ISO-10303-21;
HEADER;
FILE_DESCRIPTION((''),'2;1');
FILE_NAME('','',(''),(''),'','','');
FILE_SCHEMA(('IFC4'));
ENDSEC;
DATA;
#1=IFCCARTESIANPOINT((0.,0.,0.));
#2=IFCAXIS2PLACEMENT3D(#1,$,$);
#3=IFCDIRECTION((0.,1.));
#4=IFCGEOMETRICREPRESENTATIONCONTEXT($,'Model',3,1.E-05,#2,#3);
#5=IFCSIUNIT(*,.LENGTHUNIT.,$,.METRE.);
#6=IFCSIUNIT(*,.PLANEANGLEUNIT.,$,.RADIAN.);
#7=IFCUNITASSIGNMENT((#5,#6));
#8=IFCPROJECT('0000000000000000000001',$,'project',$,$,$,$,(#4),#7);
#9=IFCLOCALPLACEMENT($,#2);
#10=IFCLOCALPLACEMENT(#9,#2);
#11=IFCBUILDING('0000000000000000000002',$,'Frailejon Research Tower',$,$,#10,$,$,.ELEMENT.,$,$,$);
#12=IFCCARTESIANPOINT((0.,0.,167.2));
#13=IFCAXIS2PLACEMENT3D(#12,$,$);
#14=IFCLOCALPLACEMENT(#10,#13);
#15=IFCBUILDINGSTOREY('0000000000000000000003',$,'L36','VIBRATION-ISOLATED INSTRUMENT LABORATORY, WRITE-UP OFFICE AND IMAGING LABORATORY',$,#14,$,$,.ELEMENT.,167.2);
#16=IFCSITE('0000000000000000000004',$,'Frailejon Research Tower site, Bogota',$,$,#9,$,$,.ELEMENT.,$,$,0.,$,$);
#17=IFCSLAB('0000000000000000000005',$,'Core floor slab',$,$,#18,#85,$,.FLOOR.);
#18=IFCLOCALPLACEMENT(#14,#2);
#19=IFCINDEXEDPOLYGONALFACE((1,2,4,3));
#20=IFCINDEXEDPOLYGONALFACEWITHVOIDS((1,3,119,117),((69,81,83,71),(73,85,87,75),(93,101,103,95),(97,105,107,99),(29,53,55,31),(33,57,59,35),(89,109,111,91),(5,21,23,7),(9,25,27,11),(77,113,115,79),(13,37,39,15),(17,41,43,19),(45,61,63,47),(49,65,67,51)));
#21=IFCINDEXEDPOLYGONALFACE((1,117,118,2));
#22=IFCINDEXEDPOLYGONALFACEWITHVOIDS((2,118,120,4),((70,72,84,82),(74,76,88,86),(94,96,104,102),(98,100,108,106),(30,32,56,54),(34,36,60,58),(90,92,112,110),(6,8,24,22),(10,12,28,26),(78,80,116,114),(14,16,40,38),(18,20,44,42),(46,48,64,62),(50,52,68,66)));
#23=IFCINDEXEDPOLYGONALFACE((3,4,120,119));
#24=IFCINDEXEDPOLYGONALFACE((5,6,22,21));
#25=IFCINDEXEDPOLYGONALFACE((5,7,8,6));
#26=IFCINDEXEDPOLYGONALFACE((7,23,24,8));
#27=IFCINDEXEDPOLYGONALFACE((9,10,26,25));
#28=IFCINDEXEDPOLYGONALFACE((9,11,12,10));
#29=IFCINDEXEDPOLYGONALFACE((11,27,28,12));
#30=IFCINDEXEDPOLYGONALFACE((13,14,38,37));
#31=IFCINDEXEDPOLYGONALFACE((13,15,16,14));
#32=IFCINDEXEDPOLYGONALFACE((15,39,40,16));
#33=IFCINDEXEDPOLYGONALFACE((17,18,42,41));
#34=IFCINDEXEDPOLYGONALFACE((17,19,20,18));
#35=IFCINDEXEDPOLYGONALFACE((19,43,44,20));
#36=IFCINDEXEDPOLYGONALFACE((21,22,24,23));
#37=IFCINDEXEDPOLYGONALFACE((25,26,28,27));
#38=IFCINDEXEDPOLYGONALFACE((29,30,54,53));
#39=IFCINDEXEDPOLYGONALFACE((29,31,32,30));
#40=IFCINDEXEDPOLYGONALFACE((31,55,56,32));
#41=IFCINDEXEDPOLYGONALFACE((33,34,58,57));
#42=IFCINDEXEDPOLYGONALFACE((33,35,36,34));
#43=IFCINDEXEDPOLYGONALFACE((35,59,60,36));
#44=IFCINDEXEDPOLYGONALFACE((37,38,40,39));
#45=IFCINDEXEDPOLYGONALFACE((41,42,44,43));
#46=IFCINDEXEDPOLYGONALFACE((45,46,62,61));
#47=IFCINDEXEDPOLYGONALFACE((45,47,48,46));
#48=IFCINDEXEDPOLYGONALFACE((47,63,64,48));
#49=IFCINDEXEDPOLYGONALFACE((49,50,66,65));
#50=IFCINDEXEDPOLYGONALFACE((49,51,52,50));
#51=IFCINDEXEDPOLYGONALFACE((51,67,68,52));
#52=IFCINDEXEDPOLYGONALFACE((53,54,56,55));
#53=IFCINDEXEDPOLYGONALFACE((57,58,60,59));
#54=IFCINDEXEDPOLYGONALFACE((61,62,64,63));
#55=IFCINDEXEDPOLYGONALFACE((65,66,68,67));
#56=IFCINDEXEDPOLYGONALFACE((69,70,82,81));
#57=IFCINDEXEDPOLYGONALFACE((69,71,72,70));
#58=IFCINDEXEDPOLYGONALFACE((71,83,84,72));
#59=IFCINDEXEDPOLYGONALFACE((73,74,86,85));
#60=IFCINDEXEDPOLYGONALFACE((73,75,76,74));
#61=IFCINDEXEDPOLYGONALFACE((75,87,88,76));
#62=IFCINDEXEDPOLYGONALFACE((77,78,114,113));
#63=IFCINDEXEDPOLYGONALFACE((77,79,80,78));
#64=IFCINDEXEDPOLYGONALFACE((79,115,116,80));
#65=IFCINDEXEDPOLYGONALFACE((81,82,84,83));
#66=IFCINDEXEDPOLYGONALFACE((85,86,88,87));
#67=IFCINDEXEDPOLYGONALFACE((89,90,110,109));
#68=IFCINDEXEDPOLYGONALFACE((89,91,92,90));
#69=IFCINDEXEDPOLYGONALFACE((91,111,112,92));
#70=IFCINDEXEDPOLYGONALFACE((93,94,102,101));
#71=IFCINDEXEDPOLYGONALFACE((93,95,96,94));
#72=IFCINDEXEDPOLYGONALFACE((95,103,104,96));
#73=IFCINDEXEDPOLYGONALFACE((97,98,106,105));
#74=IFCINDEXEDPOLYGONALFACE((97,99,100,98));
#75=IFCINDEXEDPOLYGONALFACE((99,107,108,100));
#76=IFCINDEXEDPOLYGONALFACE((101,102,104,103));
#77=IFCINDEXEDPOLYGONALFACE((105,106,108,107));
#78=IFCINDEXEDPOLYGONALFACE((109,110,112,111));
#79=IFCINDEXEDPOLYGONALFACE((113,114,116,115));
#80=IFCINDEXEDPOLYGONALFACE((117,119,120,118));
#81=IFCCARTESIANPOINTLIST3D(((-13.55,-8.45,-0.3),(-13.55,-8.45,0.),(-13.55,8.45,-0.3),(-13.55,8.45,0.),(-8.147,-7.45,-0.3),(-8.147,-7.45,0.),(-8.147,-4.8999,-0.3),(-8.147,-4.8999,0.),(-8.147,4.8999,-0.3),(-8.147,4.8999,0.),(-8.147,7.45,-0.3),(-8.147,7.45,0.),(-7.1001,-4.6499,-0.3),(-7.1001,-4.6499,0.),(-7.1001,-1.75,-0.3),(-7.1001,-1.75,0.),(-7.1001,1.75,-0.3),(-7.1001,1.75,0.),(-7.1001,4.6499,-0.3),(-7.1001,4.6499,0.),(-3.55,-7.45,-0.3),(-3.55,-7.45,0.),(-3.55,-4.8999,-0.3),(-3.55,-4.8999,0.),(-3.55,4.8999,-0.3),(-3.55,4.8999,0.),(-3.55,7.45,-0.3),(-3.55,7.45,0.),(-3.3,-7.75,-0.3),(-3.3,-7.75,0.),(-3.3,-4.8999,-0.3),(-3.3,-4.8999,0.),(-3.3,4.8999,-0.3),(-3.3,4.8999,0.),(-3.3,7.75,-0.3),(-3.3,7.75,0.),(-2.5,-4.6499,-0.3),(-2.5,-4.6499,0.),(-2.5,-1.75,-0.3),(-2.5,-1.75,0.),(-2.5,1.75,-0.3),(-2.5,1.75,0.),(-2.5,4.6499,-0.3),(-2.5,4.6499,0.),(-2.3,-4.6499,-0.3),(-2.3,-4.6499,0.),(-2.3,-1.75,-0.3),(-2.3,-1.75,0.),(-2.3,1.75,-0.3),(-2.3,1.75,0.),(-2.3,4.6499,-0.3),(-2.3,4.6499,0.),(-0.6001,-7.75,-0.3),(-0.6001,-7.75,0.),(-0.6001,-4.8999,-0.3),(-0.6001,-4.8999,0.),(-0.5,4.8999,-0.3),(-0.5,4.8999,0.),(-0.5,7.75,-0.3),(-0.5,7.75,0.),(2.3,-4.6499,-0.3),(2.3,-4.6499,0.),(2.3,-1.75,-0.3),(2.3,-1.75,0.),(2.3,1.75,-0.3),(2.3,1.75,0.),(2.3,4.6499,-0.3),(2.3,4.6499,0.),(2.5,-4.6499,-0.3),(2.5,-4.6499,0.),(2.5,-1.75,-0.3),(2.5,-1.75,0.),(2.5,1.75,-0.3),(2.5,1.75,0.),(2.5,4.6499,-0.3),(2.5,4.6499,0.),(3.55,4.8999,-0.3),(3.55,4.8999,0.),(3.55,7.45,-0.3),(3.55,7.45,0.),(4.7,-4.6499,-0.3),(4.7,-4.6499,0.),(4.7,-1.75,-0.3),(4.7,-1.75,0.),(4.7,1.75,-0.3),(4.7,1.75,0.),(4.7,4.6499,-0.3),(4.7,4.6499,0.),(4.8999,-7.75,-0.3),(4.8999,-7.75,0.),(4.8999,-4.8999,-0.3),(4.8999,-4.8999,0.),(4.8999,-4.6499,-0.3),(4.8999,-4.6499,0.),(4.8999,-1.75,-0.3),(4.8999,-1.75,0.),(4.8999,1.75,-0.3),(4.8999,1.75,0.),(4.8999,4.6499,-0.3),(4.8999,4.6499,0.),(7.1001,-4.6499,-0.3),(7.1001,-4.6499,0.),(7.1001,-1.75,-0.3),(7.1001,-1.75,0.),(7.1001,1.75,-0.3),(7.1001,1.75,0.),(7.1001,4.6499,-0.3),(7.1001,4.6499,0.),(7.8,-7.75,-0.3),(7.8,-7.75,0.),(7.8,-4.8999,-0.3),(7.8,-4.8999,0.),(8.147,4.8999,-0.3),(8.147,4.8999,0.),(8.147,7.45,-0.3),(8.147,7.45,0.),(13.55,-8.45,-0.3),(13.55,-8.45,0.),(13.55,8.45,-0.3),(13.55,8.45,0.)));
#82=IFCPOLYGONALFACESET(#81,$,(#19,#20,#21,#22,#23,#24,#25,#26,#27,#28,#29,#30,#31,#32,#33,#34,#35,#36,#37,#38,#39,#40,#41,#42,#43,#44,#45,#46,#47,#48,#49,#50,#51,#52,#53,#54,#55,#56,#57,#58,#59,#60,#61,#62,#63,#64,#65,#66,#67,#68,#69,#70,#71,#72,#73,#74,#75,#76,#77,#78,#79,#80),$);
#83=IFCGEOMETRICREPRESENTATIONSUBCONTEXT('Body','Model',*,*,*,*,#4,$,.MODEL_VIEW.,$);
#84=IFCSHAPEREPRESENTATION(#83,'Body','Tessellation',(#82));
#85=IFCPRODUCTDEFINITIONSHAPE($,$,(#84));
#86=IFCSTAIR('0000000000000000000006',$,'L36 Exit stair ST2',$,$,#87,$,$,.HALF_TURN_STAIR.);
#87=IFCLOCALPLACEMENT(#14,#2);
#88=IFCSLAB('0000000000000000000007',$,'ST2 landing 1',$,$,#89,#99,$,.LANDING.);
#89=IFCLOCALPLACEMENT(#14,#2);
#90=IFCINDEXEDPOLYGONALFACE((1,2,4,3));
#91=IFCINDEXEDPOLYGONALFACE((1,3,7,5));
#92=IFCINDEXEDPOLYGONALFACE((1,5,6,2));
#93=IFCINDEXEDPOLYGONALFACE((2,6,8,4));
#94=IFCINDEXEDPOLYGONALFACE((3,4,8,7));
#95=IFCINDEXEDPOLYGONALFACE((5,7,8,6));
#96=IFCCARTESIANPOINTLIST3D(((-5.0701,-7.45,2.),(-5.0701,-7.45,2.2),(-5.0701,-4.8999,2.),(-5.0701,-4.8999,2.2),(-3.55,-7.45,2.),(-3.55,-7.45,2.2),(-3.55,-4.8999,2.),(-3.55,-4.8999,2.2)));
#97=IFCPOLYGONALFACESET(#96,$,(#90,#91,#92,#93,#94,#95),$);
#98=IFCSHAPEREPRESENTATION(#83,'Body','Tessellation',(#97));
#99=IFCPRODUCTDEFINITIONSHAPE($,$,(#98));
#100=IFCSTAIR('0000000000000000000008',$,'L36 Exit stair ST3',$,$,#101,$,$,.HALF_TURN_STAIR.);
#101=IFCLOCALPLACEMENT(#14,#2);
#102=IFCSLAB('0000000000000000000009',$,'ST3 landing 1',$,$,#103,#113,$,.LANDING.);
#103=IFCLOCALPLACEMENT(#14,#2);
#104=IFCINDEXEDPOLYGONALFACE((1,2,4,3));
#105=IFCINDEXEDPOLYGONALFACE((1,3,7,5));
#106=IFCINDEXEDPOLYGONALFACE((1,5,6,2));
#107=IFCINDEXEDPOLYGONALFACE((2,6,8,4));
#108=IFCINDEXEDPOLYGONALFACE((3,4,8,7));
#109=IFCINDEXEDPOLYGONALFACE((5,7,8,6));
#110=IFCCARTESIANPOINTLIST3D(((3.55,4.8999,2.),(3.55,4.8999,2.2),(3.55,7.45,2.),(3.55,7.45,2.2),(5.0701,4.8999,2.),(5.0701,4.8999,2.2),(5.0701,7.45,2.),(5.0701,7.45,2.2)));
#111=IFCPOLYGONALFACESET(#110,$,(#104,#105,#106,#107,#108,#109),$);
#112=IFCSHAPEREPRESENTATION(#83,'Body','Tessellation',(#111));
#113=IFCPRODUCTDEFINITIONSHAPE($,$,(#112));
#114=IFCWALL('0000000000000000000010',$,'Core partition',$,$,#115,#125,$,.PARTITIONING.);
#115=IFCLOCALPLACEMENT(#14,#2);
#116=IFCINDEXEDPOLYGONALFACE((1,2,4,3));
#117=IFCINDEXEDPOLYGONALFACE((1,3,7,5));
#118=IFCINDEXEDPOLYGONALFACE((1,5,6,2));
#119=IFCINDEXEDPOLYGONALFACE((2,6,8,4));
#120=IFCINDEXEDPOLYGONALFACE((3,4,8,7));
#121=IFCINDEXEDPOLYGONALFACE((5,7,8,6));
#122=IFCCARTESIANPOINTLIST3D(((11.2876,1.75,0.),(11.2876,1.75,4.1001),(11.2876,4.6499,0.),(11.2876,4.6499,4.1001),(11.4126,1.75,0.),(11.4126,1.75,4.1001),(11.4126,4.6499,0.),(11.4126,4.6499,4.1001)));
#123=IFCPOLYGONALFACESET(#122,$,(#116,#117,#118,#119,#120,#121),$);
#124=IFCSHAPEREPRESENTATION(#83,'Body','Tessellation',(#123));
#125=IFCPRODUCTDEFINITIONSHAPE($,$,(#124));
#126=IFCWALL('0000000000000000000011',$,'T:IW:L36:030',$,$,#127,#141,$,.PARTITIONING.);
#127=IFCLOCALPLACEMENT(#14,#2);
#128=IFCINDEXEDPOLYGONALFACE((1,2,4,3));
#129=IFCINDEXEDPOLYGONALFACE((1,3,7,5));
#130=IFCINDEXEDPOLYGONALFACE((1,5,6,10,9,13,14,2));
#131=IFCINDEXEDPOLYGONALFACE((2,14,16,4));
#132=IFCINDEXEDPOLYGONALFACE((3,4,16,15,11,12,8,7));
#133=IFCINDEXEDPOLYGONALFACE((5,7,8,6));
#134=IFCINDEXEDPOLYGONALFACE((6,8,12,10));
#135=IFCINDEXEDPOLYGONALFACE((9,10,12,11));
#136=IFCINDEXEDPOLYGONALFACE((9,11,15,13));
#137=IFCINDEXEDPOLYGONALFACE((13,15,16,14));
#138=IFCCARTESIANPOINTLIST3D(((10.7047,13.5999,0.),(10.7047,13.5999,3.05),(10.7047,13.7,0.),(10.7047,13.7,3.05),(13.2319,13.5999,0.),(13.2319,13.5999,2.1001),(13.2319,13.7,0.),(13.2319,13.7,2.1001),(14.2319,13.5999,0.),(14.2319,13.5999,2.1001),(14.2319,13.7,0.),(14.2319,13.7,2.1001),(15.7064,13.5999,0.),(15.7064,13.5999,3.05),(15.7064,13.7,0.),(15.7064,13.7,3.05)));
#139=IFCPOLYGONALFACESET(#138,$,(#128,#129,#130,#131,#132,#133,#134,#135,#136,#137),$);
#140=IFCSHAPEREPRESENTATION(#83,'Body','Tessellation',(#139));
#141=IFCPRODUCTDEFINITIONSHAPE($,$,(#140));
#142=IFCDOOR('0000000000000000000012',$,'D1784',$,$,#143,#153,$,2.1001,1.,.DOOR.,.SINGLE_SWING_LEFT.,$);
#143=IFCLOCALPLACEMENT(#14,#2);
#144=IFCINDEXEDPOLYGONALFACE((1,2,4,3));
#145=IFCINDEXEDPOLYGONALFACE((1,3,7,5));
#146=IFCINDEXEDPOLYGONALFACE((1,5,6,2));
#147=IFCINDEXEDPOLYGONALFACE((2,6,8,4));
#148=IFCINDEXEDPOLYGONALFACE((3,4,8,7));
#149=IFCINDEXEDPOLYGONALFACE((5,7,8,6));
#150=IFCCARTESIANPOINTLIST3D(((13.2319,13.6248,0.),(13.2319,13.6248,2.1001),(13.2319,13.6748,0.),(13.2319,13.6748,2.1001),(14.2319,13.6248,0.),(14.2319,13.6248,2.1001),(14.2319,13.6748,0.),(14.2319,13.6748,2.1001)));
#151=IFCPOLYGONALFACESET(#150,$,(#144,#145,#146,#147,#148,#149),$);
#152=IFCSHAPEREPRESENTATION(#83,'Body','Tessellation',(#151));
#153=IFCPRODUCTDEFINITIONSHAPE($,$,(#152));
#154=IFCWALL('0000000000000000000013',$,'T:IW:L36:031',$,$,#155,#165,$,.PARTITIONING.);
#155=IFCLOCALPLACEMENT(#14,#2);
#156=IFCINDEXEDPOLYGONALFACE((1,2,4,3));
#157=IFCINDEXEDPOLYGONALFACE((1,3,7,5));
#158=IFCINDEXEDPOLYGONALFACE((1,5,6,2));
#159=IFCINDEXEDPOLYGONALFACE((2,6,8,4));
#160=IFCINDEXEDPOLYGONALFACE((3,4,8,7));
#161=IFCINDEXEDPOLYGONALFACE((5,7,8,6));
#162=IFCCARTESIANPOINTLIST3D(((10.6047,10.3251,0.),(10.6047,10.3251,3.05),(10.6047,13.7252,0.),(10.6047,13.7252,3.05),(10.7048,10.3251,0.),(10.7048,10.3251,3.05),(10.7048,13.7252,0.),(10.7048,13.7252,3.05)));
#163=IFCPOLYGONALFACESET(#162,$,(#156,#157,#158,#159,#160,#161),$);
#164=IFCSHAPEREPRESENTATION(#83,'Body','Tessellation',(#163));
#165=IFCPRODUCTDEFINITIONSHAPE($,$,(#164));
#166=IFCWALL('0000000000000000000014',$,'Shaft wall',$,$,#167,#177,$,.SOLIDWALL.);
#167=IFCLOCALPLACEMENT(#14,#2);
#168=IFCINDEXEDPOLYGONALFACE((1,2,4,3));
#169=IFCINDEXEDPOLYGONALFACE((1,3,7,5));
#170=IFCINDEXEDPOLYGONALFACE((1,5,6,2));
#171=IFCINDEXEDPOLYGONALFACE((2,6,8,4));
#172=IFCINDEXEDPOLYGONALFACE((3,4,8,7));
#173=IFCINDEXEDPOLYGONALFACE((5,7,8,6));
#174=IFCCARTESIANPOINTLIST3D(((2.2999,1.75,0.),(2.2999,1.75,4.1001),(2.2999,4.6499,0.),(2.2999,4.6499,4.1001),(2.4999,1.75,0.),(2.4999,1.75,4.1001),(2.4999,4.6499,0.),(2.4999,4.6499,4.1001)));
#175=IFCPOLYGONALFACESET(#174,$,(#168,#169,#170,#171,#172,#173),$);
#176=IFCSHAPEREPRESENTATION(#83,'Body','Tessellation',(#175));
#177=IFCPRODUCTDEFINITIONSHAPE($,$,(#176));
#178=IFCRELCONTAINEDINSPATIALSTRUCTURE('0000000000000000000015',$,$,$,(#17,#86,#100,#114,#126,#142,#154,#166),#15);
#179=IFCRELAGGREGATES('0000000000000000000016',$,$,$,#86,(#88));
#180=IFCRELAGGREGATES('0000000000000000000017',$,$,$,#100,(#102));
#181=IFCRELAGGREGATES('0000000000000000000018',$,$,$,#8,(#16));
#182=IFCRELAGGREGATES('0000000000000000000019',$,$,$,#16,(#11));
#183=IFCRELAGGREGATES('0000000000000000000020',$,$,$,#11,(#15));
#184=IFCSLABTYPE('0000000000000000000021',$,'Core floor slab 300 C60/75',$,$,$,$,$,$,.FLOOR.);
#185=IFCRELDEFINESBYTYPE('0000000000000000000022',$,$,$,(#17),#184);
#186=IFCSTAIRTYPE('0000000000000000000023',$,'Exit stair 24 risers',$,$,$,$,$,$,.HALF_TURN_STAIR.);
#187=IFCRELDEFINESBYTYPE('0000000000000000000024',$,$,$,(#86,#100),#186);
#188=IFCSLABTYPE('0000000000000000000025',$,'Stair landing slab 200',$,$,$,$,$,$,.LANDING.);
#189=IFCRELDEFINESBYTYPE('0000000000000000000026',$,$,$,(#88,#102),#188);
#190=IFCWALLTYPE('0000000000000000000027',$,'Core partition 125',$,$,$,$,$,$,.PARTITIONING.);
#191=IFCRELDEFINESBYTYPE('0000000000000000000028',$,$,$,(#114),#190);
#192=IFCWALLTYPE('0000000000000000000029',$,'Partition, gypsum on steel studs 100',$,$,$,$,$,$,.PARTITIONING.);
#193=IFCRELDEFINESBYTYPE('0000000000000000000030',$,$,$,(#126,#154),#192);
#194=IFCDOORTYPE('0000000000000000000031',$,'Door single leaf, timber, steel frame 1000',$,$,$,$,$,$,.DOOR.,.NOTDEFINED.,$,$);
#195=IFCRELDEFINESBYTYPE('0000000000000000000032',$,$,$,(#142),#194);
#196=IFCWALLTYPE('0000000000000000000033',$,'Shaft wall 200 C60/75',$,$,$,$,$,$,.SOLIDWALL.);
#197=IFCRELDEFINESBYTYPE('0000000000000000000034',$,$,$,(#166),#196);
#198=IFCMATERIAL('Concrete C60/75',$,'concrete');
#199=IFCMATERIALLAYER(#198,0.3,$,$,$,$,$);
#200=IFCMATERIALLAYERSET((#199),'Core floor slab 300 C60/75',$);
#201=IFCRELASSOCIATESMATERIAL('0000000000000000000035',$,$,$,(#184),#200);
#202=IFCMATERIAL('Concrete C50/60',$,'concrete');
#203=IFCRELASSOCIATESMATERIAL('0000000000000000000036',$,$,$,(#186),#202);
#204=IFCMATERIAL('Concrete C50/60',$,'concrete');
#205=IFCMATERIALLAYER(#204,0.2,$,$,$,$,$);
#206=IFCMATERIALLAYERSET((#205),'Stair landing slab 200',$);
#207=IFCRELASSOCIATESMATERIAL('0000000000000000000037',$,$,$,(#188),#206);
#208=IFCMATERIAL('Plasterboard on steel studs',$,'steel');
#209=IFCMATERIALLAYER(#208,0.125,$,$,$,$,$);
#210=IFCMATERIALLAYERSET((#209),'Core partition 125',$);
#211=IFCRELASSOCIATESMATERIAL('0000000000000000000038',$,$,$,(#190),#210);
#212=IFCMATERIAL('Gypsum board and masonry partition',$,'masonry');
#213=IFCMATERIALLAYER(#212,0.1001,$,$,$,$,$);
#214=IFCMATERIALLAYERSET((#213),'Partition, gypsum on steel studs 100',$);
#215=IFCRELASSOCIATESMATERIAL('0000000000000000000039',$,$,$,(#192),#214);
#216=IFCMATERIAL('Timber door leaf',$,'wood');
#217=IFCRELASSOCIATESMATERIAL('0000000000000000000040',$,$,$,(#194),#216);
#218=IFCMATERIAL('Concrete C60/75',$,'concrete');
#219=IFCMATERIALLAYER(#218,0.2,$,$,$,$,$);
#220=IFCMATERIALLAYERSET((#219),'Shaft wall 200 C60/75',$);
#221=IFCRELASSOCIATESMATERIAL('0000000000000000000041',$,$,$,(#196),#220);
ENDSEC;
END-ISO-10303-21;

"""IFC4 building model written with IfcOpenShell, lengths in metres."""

from ifc_helpers import new_model, si_unit, direction, frame, frame_2d, origin, place, context, subcontext, project, spatial, polyline, rectangle, outline, extrude, material, layer, layer_set, type_object, element, fill, aggregate, save


model = new_model("IFC4")

# Units and contexts
model_context = context("Model", 3, precision=1e-05, world=origin(), true_north=direction((0.0, 1.0)))
body_context = subcontext(model_context, "Body", "Model", "MODEL_VIEW")
ifc_project = project(units=[si_unit("LENGTHUNIT", "METRE"), si_unit("PLANEANGLEUNIT", "RADIAN")], contexts=[model_context])

# Site, building, storey
site_placement = place(None, origin())
site = spatial("IfcSite", under=ifc_project, at=site_placement, Name="Frailejon Research Tower site, Bogota", CompositionType="ELEMENT", RefElevation=0.0)
building_placement = place(site_placement, origin())
building = spatial("IfcBuilding", under=site, at=building_placement, Name="Frailejon Research Tower", CompositionType="ELEMENT")
storey_placement = place(building_placement, frame((0.0, 0.0, 167.2)))
storey = spatial("IfcBuildingStorey", under=building, at=storey_placement, Name="L36", Description="VIBRATION-ISOLATED INSTRUMENT LABORATORY, WRITE-UP OFFICE AND IMAGING LABORATORY", CompositionType="ELEMENT", Elevation=167.2)

# Slab
ifc_material_1 = material(Name="Concrete C60/75", Category="concrete")
ifc_layer_1 = layer(ifc_material_1, 0.3)
ifc_layer_set_1 = layer_set([ifc_layer_1], Name="Core floor slab 300 C60/75")
slab_type_1 = type_object("IfcSlabType", Name="Core floor slab 300 C60/75", PredefinedType="FLOOR", material=ifc_layer_set_1)
slab_1_placement = place(storey_placement, frame((0.0, 0.0, -0.3)))
element("IfcSlab", 1, at=slab_1_placement, inside=storey, type_object=slab_type_1, Name="Core floor slab", PredefinedType="FLOOR", context=body_context, shape_type="SweptSolid", body=[
    extrude(outline(polyline([(13.55, -8.45), (13.55, 8.45), (-13.55, 8.45), (-13.55, -8.45), (13.55, -8.45)]), holes=[polyline([(-2.5, 1.75), (-2.5, 4.6499), (-7.1001, 4.6499), (-7.1001, 1.75), (-2.5, 1.75)]), polyline([(2.3, 1.75), (2.3, 4.6499), (-2.3, 4.6499), (-2.3, 1.75), (2.3, 1.75)]), polyline([(4.7, 1.75), (4.7, 4.6499), (2.5, 4.6499), (2.5, 1.75), (4.7, 1.75)]), polyline([(7.1001, 1.75), (7.1001, 4.6499), (4.8999, 4.6499), (4.8999, 1.75), (7.1001, 1.75)]), polyline([(-2.5, -4.6499), (-2.5, -1.75), (-7.1001, -1.75), (-7.1001, -4.6499), (-2.5, -4.6499)]), polyline([(2.3, -4.6499), (2.3, -1.75), (-2.3, -1.75), (-2.3, -4.6499), (2.3, -4.6499)]), polyline([(4.7, -4.6499), (4.7, -1.75), (2.5, -1.75), (2.5, -4.6499), (4.7, -4.6499)]), polyline([(7.1001, -4.6499), (7.1001, -1.75), (4.8999, -1.75), (4.8999, -4.6499), (7.1001, -4.6499)]), polyline([(-8.147, 4.8999), (-3.55, 4.8999), (-3.55, 7.45), (-8.147, 7.45), (-8.147, 4.8999)]), polyline([(-8.147, -7.45), (-3.55, -7.45), (-3.55, -4.8999), (-8.147, -4.8999), (-8.147, -7.45)]), polyline([(8.147, 7.45), (3.55, 7.45), (3.55, 4.8999), (8.147, 4.8999), (8.147, 7.45)]), polyline([(-0.6001, -7.75), (-0.6001, -4.8999), (-3.3, -4.8999), (-3.3, -7.75), (-0.6001, -7.75)]), polyline([(7.8, -7.75), (7.8, -4.8999), (4.8999, -4.8999), (4.8999, -7.75), (7.8, -7.75)]), polyline([(-0.5, 4.8999), (-0.5, 7.75), (-3.3, 7.75), (-3.3, 4.8999), (-0.5, 4.8999)])]), origin(), (0.0, 0.0, 1.0), 0.3),
])

# Stairs, slabs
ifc_material_2 = material(Name="Concrete C50/60", Category="concrete")
stair_type = type_object("IfcStairType", Name="Exit stair 24 risers", PredefinedType="HALF_TURN_STAIR", material=ifc_material_2)
stair_1_placement = place(storey_placement, origin())
stair_1 = element("IfcStair", 2, at=stair_1_placement, inside=storey, type_object=stair_type, Name="L36 Exit stair ST2", PredefinedType="HALF_TURN_STAIR")
ifc_material_3 = material(Name="Concrete C50/60", Category="concrete")
ifc_layer_2 = layer(ifc_material_3, 0.2)
ifc_layer_set_2 = layer_set([ifc_layer_2], Name="Stair landing slab 200")
slab_type_2 = type_object("IfcSlabType", Name="Stair landing slab 200", PredefinedType="LANDING", material=ifc_layer_set_2)
slab_2_placement = place(storey_placement, frame((0.0, 0.0, 2.0)))
slab_2 = element("IfcSlab", 3, at=slab_2_placement, type_object=slab_type_2, Name="ST2 landing 1", PredefinedType="LANDING", context=body_context, shape_type="SweptSolid", body=[
    extrude(outline(polyline([(-5.0701, -7.45), (-3.55, -7.45), (-3.55, -4.8999), (-5.0701, -4.8999), (-5.0701, -7.45)])), origin(), (0.0, 0.0, 1.0), 0.2),
])
aggregate(stair_1, [slab_2])
stair_2_placement = place(storey_placement, origin())
stair_2 = element("IfcStair", 4, at=stair_2_placement, inside=storey, type_object=stair_type, Name="L36 Exit stair ST3", PredefinedType="HALF_TURN_STAIR")
slab_3_placement = place(storey_placement, frame((0.0, 0.0, 2.0)))
slab_3 = element("IfcSlab", 5, at=slab_3_placement, type_object=slab_type_2, Name="ST3 landing 1", PredefinedType="LANDING", context=body_context, shape_type="SweptSolid", body=[
    extrude(outline(polyline([(5.0701, 7.45), (3.55, 7.45), (3.55, 4.8999), (5.0701, 4.8999), (5.0701, 7.45)])), origin(), (0.0, 0.0, 1.0), 0.2),
])

# Wall
ifc_material_4 = material(Name="Plasterboard on steel studs", Category="steel")
ifc_layer_3 = layer(ifc_material_4, 0.125)
ifc_layer_set_3 = layer_set([ifc_layer_3], Name="Core partition 125")
wall_type_1 = type_object("IfcWallType", Name="Core partition 125", PredefinedType="PARTITIONING", material=ifc_layer_set_3)
wall_1_placement = place(storey_placement, frame((11.3501, 1.75, 0.0), z_axis=(0.0, 0.0, 1.0), x_axis=(0.0, 1.0, 0.0)))
element("IfcWall", 6, at=wall_1_placement, inside=storey, type_object=wall_type_1, Name="Core partition", PredefinedType="PARTITIONING", context=body_context, shape_type="SweptSolid", body=[
    extrude(rectangle(XDim=2.8999, YDim=0.125, at=frame_2d((1.45, 0.0))), origin(), (0.0, 0.0, 1.0), 4.1001),
])

# Wall, opening, door
ifc_material_5 = material(Name="Gypsum board and masonry partition", Category="masonry")
ifc_layer_4 = layer(ifc_material_5, 0.1001)
ifc_layer_set_4 = layer_set([ifc_layer_4], Name="Partition, gypsum on steel studs 100")
wall_type_2 = type_object("IfcWallType", Name="Partition, gypsum on steel studs 100", PredefinedType="PARTITIONING", material=ifc_layer_set_4)
wall_2_placement = place(storey_placement, frame((10.7046, 13.6499, 0.0), z_axis=(0.0, 0.0, 1.0), x_axis=(1.0, 0.0, 0.0)))
wall_2 = element("IfcWall", 7, at=wall_2_placement, inside=storey, type_object=wall_type_2, Name="T:IW:L36:030", PredefinedType="PARTITIONING", context=body_context, shape_type="SweptSolid", body=[
    extrude(rectangle(XDim=5.0017, YDim=0.1001, at=frame_2d((2.501, 0.0))), origin(), (0.0, 0.0, 1.0), 3.05),
])
opening_1_placement = place(wall_2_placement, frame((2.5273, 0.0, 0.0)))
opening_1 = element("IfcOpeningElement", 8, at=opening_1_placement, cuts=wall_2, PredefinedType="OPENING", context=body_context, shape_type="SweptSolid", body=[
    extrude(rectangle(XDim=1.0, YDim=2.1001, at=frame_2d((0.5, 1.05))), frame((0.0, 0.0601, 0.0), z_axis=(0.0, -1.0, 0.0), x_axis=(1.0, 0.0, 0.0)), (0.0, 0.0, 1.0), 0.1201),
])
ifc_material_6 = material(Name="Timber door leaf", Category="wood")
door_type_1 = type_object("IfcDoorType", Name="Door single leaf, timber, steel frame 1000", OperationType="NOTDEFINED", PredefinedType="DOOR", material=ifc_material_6)
door_1_placement = place(opening_1_placement, origin())
door_1 = element("IfcDoor", 9, at=door_1_placement, inside=storey, type_object=door_type_1, Name="D1784", OperationType="SINGLE_SWING_LEFT", OverallHeight=2.1001, OverallWidth=1.0, PredefinedType="DOOR", context=body_context, shape_type="SweptSolid", body=[
    extrude(rectangle(XDim=1.0, YDim=2.1001, at=frame_2d((0.5, 1.05))), frame((0.0, 0.0249, 0.0), z_axis=(0.0, -1.0, 0.0), x_axis=(1.0, 0.0, 0.0)), (0.0, 0.0, 1.0), 0.05),
])
fill(opening_1, door_1)

# Walls
wall_3_placement = place(storey_placement, frame((10.6548, 10.325, 0.0), z_axis=(0.0, 0.0, 1.0), x_axis=(0.0, 1.0, 0.0)))
element("IfcWall", 10, at=wall_3_placement, inside=storey, type_object=wall_type_2, Name="T:IW:L36:031", PredefinedType="PARTITIONING", context=body_context, shape_type="SweptSolid", body=[
    extrude(rectangle(XDim=3.4001, YDim=0.1001, at=frame_2d((1.7002, 0.0))), origin(), (0.0, 0.0, 1.0), 3.05),
])
ifc_material_7 = material(Name="Concrete C60/75", Category="concrete")
ifc_layer_5 = layer(ifc_material_7, 0.2)
ifc_layer_set_5 = layer_set([ifc_layer_5], Name="Shaft wall 200 C60/75")
wall_type_3 = type_object("IfcWallType", Name="Shaft wall 200 C60/75", PredefinedType="SOLIDWALL", material=ifc_layer_set_5)
for number, where, z_axis, x_axis, name in (
    (11, (2.3999, 1.75, 0.0), (0.0, 0.0, 1.0), (0.0, 1.0, 0.0), "Shaft wall"),
):
    element("IfcWall", number, at=place(storey_placement, frame(where, z_axis=z_axis, x_axis=x_axis)), inside=storey, type_object=wall_type_3, Name=name, PredefinedType="SOLIDWALL", context=body_context, shape_type="SweptSolid", body=[
        extrude(rectangle(XDim=2.8999, YDim=0.2, at=frame_2d((1.45, 0.0))), origin(), (0.0, 0.0, 1.0), 4.1001),
    ])

aggregate(stair_2, [slab_3])

save(model, "model.ifc")
